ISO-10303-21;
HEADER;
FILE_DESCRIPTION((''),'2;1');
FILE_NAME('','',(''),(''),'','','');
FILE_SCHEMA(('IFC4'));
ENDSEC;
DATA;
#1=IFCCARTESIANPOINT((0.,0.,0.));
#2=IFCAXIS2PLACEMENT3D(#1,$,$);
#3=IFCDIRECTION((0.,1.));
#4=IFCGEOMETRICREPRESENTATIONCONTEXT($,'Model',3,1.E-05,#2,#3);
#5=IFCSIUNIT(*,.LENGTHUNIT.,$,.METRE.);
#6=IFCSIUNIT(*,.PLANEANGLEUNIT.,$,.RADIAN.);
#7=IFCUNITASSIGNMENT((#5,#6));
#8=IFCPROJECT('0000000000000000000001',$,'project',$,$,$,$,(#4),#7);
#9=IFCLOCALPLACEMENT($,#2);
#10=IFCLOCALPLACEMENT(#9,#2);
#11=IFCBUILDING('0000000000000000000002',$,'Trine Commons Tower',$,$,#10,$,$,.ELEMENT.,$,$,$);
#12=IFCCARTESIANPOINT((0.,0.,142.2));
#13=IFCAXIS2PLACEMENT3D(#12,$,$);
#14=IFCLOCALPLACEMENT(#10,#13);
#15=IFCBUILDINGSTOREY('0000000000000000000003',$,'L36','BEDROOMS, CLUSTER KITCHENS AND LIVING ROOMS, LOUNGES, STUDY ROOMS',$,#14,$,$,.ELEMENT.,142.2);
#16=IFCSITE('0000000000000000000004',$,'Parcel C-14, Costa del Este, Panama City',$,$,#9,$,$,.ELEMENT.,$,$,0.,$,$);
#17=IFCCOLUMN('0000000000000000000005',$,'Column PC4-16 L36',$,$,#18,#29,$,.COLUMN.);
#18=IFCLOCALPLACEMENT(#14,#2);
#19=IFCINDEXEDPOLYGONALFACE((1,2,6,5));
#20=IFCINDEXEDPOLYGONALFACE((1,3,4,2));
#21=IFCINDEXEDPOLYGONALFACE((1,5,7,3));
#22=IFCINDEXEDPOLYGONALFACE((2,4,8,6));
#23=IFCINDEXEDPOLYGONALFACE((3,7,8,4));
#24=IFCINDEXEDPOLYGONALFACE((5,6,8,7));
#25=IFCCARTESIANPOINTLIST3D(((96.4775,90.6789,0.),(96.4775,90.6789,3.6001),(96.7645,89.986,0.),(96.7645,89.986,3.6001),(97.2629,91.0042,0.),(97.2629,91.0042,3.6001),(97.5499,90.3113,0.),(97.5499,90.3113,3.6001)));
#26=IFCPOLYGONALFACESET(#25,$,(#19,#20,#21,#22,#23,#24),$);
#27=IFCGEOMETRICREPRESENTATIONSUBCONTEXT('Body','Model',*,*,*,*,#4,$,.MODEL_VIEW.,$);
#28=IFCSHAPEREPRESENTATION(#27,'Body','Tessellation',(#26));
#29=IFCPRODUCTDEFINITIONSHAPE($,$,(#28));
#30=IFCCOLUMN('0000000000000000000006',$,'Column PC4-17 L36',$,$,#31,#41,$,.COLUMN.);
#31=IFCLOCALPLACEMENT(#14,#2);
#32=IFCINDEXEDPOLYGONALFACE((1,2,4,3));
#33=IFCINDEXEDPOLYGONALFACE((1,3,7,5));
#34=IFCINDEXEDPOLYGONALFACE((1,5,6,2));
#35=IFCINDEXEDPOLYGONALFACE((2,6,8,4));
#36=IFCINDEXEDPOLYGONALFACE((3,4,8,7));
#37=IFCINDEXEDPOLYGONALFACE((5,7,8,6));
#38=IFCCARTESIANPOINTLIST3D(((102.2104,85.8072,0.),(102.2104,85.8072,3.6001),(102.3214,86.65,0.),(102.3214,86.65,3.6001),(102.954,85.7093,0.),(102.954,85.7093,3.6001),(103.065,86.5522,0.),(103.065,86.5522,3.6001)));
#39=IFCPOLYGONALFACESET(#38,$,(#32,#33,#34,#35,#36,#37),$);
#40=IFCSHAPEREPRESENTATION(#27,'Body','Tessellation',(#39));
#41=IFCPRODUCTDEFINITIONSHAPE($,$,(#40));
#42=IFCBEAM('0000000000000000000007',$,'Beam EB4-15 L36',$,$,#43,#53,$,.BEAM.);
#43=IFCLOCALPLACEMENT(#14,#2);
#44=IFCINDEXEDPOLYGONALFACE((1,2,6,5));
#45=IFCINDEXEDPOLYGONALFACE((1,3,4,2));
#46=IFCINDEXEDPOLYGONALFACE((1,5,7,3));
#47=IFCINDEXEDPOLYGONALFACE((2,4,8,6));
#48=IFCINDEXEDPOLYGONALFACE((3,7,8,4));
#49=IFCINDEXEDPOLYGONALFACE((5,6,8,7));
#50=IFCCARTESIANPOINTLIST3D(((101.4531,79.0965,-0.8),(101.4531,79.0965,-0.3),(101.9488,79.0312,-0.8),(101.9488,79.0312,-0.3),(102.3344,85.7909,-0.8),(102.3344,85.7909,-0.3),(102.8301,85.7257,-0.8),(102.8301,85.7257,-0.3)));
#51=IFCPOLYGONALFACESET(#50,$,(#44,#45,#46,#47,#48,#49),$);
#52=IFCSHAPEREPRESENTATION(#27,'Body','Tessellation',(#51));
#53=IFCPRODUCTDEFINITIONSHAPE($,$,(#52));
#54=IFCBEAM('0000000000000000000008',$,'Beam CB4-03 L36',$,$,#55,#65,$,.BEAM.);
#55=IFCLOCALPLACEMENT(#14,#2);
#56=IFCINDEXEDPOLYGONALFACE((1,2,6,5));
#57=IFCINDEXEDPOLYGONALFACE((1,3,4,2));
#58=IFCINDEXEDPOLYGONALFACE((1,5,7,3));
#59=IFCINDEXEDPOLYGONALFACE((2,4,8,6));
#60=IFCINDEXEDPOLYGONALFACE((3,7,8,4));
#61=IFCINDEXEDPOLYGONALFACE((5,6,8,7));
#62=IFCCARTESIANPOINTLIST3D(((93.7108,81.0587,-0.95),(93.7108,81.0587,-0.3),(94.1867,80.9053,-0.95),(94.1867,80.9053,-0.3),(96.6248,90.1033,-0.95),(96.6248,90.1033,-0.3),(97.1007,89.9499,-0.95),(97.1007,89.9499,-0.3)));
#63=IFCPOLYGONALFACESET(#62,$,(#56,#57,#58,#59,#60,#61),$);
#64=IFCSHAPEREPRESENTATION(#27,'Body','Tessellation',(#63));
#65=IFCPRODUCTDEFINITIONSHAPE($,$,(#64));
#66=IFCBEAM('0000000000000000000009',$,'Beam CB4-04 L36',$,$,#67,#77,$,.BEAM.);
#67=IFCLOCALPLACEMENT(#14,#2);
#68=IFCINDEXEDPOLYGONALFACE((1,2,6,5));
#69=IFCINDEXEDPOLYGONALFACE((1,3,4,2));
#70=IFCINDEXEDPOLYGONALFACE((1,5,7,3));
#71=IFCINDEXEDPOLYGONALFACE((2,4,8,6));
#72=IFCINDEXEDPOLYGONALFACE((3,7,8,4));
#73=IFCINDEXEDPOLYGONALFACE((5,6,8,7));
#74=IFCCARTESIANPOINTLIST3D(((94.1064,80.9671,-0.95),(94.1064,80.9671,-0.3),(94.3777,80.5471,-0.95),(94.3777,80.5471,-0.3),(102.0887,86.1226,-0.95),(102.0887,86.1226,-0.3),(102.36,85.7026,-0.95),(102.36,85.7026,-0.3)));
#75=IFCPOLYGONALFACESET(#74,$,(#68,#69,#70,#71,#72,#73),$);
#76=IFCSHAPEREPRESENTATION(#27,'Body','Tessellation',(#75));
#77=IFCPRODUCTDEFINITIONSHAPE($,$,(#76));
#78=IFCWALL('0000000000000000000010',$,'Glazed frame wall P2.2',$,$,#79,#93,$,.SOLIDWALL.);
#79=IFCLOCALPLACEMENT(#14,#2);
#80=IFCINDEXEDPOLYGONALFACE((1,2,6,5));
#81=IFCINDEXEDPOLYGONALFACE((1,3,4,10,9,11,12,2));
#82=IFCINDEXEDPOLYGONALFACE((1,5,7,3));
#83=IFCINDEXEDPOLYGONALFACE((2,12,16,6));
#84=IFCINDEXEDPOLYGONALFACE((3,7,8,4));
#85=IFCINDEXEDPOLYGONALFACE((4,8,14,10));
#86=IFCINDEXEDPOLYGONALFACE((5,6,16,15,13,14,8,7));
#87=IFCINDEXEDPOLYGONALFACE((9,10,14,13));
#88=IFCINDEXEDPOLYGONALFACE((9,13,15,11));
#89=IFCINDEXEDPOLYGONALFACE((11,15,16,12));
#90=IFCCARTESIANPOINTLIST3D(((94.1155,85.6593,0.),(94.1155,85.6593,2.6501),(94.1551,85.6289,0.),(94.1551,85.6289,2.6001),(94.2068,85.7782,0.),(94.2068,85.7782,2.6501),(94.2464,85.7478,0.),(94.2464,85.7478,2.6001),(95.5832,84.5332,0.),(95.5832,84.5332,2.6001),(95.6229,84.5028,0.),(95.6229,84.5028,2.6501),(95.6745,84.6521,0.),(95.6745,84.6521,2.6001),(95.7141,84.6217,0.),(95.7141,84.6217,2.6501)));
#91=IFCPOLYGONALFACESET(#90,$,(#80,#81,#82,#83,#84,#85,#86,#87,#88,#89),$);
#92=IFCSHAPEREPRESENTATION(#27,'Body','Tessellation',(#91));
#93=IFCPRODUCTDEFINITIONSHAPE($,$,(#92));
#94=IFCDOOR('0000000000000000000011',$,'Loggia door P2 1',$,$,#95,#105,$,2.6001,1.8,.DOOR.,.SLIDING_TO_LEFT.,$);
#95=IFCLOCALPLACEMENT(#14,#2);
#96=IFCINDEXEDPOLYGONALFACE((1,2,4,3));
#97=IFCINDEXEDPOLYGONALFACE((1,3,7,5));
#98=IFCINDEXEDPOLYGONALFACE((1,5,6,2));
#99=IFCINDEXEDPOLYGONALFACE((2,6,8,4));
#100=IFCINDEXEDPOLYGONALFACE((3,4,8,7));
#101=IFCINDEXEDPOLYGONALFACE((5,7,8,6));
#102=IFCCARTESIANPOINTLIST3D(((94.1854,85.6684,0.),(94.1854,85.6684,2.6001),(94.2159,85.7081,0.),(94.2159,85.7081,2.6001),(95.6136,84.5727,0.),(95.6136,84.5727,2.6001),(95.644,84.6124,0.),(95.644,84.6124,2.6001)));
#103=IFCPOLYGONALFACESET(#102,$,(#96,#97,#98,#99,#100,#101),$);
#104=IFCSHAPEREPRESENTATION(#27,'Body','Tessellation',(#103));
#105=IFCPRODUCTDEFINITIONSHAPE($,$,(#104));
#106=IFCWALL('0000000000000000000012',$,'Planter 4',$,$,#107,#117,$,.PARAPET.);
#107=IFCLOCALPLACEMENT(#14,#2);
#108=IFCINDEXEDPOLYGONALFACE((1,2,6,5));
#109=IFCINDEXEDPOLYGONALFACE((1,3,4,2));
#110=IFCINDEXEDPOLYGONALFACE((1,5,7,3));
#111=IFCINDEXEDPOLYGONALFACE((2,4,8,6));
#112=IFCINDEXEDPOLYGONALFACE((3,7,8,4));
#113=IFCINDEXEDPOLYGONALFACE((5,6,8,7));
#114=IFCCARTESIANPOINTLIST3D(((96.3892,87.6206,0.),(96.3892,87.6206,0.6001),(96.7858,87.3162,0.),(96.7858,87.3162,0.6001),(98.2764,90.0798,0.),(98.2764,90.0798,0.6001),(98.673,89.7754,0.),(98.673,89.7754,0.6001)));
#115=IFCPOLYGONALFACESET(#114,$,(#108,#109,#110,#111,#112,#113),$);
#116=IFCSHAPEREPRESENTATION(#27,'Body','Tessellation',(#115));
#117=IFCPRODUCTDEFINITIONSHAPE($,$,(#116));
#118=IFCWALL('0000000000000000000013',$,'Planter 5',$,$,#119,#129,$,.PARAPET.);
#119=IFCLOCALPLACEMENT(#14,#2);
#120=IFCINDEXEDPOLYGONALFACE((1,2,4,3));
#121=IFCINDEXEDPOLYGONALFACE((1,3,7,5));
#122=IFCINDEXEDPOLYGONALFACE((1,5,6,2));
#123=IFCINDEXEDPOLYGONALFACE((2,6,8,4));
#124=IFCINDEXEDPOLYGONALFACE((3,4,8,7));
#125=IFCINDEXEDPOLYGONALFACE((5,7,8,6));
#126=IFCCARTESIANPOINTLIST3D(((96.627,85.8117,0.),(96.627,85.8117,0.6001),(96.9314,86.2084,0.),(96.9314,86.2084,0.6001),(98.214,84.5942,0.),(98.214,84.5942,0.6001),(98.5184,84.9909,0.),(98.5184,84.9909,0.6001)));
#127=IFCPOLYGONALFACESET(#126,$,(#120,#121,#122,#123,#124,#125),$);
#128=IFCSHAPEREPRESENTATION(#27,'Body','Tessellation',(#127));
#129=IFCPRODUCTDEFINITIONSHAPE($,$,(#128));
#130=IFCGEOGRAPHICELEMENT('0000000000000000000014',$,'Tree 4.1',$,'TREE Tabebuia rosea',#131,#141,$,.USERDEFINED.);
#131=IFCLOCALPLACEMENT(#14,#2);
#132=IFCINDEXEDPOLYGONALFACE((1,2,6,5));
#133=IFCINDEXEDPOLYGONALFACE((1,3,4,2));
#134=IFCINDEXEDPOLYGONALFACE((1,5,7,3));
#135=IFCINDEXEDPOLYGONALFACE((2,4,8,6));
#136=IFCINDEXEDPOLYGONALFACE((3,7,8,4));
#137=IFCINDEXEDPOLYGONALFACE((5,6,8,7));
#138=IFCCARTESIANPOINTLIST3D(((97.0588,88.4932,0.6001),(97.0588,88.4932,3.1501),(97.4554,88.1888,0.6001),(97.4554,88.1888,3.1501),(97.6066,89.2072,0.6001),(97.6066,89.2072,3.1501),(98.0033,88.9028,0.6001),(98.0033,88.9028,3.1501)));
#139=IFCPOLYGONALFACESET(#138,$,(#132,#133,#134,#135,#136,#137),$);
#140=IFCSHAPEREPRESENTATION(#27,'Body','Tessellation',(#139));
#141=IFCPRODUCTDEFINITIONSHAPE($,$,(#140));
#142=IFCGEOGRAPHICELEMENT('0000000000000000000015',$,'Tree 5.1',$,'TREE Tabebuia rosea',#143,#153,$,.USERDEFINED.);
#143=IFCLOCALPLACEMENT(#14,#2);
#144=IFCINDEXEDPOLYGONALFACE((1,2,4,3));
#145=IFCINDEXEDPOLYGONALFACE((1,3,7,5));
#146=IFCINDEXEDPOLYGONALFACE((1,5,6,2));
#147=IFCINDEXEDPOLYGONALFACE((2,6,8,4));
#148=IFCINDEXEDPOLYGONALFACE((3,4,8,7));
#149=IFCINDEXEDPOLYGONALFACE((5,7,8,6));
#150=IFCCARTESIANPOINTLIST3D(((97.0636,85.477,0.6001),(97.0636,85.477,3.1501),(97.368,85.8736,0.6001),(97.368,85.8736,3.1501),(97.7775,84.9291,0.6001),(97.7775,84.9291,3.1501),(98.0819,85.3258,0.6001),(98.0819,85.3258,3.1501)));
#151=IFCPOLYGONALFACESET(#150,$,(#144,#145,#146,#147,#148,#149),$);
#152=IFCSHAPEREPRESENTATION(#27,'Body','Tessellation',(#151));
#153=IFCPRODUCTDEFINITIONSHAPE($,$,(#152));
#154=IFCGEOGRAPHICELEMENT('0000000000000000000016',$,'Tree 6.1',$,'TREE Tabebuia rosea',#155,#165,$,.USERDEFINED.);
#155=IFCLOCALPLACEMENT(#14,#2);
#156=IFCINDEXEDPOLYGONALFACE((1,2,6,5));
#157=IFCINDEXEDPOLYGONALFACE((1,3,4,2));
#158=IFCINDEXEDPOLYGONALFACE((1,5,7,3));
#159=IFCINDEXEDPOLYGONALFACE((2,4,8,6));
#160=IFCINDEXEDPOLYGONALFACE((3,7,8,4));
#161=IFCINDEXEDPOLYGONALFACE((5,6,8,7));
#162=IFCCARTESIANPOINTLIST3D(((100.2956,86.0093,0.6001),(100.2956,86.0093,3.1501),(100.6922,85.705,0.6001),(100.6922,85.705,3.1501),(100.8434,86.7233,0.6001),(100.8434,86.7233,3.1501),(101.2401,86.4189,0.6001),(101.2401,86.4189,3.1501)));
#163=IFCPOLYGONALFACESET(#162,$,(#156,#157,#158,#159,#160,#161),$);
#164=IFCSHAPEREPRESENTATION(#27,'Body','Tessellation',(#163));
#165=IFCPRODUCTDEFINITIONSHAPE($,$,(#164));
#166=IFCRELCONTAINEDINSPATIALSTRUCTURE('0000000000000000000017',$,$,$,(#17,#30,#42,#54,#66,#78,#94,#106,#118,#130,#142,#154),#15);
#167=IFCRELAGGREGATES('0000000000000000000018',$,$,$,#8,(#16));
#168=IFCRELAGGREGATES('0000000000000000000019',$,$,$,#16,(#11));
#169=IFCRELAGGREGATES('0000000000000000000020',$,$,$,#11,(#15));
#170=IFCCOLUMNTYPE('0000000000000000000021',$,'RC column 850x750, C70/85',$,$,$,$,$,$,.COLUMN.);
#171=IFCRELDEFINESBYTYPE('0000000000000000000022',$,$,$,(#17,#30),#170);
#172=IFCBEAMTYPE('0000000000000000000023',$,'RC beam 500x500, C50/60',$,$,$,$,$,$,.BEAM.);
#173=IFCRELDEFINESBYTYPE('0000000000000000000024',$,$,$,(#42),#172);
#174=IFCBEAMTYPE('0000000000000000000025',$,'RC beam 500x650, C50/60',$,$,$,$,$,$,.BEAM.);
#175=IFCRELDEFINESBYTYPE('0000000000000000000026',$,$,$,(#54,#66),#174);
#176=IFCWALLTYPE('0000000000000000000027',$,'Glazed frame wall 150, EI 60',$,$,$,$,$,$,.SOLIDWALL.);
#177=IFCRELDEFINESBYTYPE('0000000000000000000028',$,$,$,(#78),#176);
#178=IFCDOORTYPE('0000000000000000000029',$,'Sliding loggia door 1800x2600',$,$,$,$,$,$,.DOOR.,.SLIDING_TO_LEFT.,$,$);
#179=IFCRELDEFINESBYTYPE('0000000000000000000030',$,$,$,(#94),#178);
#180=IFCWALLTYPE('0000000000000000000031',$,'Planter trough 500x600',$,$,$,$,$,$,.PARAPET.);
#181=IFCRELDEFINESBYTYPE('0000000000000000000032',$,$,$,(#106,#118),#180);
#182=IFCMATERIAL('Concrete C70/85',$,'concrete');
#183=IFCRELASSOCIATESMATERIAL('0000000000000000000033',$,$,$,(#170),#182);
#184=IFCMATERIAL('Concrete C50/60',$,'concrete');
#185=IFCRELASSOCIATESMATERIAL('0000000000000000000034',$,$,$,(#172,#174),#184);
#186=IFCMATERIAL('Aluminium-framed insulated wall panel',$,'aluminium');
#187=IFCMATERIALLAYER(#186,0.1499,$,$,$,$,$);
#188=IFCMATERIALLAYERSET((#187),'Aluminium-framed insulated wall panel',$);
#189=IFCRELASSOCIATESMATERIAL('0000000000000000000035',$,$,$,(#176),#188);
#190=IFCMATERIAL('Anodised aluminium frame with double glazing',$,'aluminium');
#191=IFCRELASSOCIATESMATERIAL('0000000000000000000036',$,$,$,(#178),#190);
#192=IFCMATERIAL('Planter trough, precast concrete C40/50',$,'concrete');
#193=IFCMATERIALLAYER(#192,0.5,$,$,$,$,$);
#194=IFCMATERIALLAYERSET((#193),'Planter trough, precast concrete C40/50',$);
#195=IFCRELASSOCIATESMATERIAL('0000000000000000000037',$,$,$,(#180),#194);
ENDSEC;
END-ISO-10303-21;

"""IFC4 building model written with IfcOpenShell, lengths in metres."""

from ifc_helpers import new_model, si_unit, direction, frame, frame_2d, origin, origin_2d, place, context, subcontext, project, spatial, polyline, rectangle, outline, extrude, material, layer, layer_set, material_profile, profile_set, type_object, element, fill, save


model = new_model("IFC4")

# Units and contexts
model_context = context("Model", 3, precision=1e-05, world=origin(), true_north=direction((0.0, 1.0)))
body_context = subcontext(model_context, "Body", "Model", "MODEL_VIEW")
ifc_project = project(units=[si_unit("LENGTHUNIT", "METRE"), si_unit("PLANEANGLEUNIT", "RADIAN")], contexts=[model_context])

# Site, building, storey
site_placement = place(None, origin())
site = spatial("IfcSite", under=ifc_project, at=site_placement, Name="Parcel C-14, Costa del Este, Panama City", CompositionType="ELEMENT", RefElevation=0.0)
building_placement = place(site_placement, origin())
building = spatial("IfcBuilding", under=site, at=building_placement, Name="Trine Commons Tower", CompositionType="ELEMENT")
storey_placement = place(building_placement, frame((0.0, 0.0, 142.2)))
storey = spatial("IfcBuildingStorey", under=building, at=storey_placement, Name="L36", Description="BEDROOMS, CLUSTER KITCHENS AND LIVING ROOMS, LOUNGES, STUDY ROOMS", CompositionType="ELEMENT", Elevation=142.2)

# Columns
ifc_material_1 = material(Name="Concrete C70/85", Category="concrete")
ifc_material_profile_1 = material_profile(ifc_material_1, rectangle(XDim=0.8501, YDim=0.75, at=origin_2d()), Name="RC 850x750")
ifc_profile_set_1 = profile_set([ifc_material_profile_1], Name="Concrete C70/85")
column_type = type_object("IfcColumnType", Name="RC column 850x750, C70/85", PredefinedType="COLUMN", material=ifc_profile_set_1)
for number, where, z_axis, x_axis, name in (
    (1, (97.0137, 90.4951, 0.0), (0.0, 0.0, 1.0), (0.92388, 0.382683, 0.0), "Column PC4-16 L36"),
    (2, (102.6377, 86.1797, 0.0), (0.0, 0.0, 1.0), (0.130526, 0.991445, 0.0), "Column PC4-17 L36"),
):
    element("IfcColumn", number, at=place(storey_placement, frame(where, z_axis=z_axis, x_axis=x_axis)), inside=storey, type_object=column_type, Name=name, PredefinedType="COLUMN", context=body_context, shape_type="SweptSolid", body=[
        extrude(rectangle(XDim=0.8501, YDim=0.75, at=origin_2d()), origin(), (0.0, 0.0, 1.0), 3.6001),
    ])

# Beams
ifc_material_2 = material(Name="Concrete C50/60", Category="concrete")
ifc_material_profile_2 = material_profile(ifc_material_2, rectangle(XDim=0.5, YDim=0.5, at=origin_2d()), Name="RC 500x500")
ifc_profile_set_2 = profile_set([ifc_material_profile_2], Name="Concrete C50/60")
beam_type_1 = type_object("IfcBeamType", Name="RC beam 500x500, C50/60", PredefinedType="BEAM", material=ifc_profile_set_2)
beam_placement = place(storey_placement, frame((102.5823, 85.7583, -0.55), z_axis=(-0.130529, -0.991444, 0.0), x_axis=(0.991444, -0.130529, 0.0)))
element("IfcBeam", 3, at=beam_placement, inside=storey, type_object=beam_type_1, Name="Beam EB4-15 L36", PredefinedType="BEAM", context=body_context, shape_type="SweptSolid", body=[
    extrude(rectangle(XDim=0.5, YDim=0.5, at=origin_2d()), origin(), (0.0, 0.0, 1.0), 6.7522),
])
ifc_material_profile_3 = material_profile(ifc_material_2, rectangle(XDim=0.5, YDim=0.6499, at=origin_2d()), Name="RC 500x650")
ifc_profile_set_3 = profile_set([ifc_material_profile_3], Name="Concrete C50/60")
beam_type_2 = type_object("IfcBeamType", Name="RC beam 500x650, C50/60", PredefinedType="BEAM", material=ifc_profile_set_3)
for number, where, z_axis, x_axis, name in (
    (4, (96.8628, 90.0266, -0.625), (-0.306662, -0.951818, 0.0), (0.951818, -0.306662, 0.0), "Beam CB4-03 L36"),
    (5, (102.2244, 85.9126, -0.625), (-0.84003, -0.542541, 0.0), (0.542541, -0.84003, 0.0), "Beam CB4-04 L36"),
):
    element("IfcBeam", number, at=place(storey_placement, frame(where, z_axis=z_axis, x_axis=x_axis)), inside=storey, type_object=beam_type_2, Name=name, PredefinedType="BEAM", context=body_context, shape_type="SweptSolid", body=[
        extrude(rectangle(XDim=0.5, YDim=0.6499, at=origin_2d()), origin(), (0.0, 0.0, 1.0), 9.5024),
    ])

# Shared definitions
ifc_material_3 = material(Name="Aluminium-framed insulated wall panel", Category="aluminium")
ifc_layer_1 = layer(ifc_material_3, 0.1499)
ifc_layer_set_1 = layer_set([ifc_layer_1], Name="Aluminium-framed insulated wall panel")
wall_type_1 = type_object("IfcWallType", Name="Glazed frame wall 150, EI 60", PredefinedType="SOLIDWALL", material=ifc_layer_set_1)

# Wall, opening, door
wall_1_placement = place(storey_placement, frame((94.1611, 85.7188, 0.0), z_axis=(0.0, 0.0, 1.0), x_axis=(0.793383, -0.608723, 0.0)))
wall_1 = element("IfcWall", 6, at=wall_1_placement, inside=storey, type_object=wall_type_1, Name="Glazed frame wall P2.2", PredefinedType="SOLIDWALL", context=body_context, shape_type="SweptSolid", body=[
    extrude(outline(polyline([(0.0, -0.075), (1.8999, -0.075), (1.8999, 0.075), (0.0, 0.075), (0.0, -0.075)])), origin(), (0.0, 0.0, 1.0), 2.6501),
])
opening_placement = place(wall_1_placement, frame((0.05, 0.0, 0.0)))
opening = element("IfcOpeningElement", 7, at=opening_placement, cuts=wall_1, PredefinedType="OPENING", context=body_context, shape_type="SweptSolid", body=[
    extrude(rectangle(XDim=1.8, YDim=2.6001, at=frame_2d((0.8999, 1.3))), frame((0.0, 0.085, 0.0), z_axis=(0.0, -1.0, 0.0), x_axis=(1.0, 0.0, 0.0)), (0.0, 0.0, 1.0), 0.1699),
])
ifc_material_4 = material(Name="Anodised aluminium frame with double glazing", Category="aluminium")
door_type = type_object("IfcDoorType", Name="Sliding loggia door 1800x2600", OperationType="SLIDING_TO_LEFT", PredefinedType="DOOR", material=ifc_material_4)
door_placement = place(opening_placement, origin())
door = element("IfcDoor", 8, at=door_placement, inside=storey, type_object=door_type, Name="Loggia door P2 1", OperationType="SLIDING_TO_LEFT", OverallHeight=2.6001, OverallWidth=1.8, PredefinedType="DOOR", context=body_context, shape_type="SweptSolid", body=[
    extrude(rectangle(XDim=1.8, YDim=2.6001, at=frame_2d((0.8999, 1.3))), frame((0.0, 0.0249, 0.0), z_axis=(0.0, -1.0, 0.0), x_axis=(1.0, 0.0, 0.0)), (0.0, 0.0, 1.0), 0.05),
])
fill(opening, door)

# Walls
ifc_material_5 = material(Name="Planter trough, precast concrete C40/50", Category="concrete")
ifc_layer_2 = layer(ifc_material_5, 0.5)
ifc_layer_set_2 = layer_set([ifc_layer_2], Name="Planter trough, precast concrete C40/50")
wall_type_2 = type_object("IfcWallType", Name="Planter trough 500x600", PredefinedType="PARAPET", material=ifc_layer_set_2)
wall_2_placement = place(storey_placement, frame((98.4746, 89.9275, 0.0), z_axis=(0.0, 0.0, 1.0), x_axis=(-0.608797, -0.793326, 0.0)))
element("IfcWall", 9, at=wall_2_placement, inside=storey, type_object=wall_type_2, Name="Planter 4", PredefinedType="PARAPET", context=body_context, shape_type="SweptSolid", body=[
    extrude(rectangle(XDim=3.0999, YDim=0.5, at=frame_2d((1.5498, 0.0))), origin(), (0.0, 0.0, 1.0), 0.6001),
])
wall_3_placement = place(storey_placement, frame((96.7793, 86.01, 0.0), z_axis=(0.0, 0.0, 1.0), x_axis=(0.79339, -0.608713, 0.0)))
element("IfcWall", 10, at=wall_3_placement, inside=storey, type_object=wall_type_2, Name="Planter 5", PredefinedType="PARAPET", context=body_context, shape_type="SweptSolid", body=[
    extrude(rectangle(XDim=2.0002, YDim=0.5, at=frame_2d((1.0, 0.0))), origin(), (0.0, 0.0, 1.0), 0.6001),
])

# Geographic elements
for number, where, z_axis, x_axis, name in (
    (11, (97.531, 88.698, 0.6001), (0.0, 0.0, 1.0), (-0.608755, -0.793359, 0.0), "Tree 4.1"),
    (12, (97.5728, 85.4014, 0.6001), (0.0, 0.0, 1.0), (0.793335, -0.608785, 0.0), "Tree 5.1"),
    (13, (100.7678, 86.2141, 0.6001), (0.0, 0.0, 1.0), (0.608768, 0.793348, 0.0), "Tree 6.1"),
):
    element("IfcGeographicElement", number, at=place(storey_placement, frame(where, z_axis=z_axis, x_axis=x_axis)), inside=storey, Name=name, ObjectType="TREE Tabebuia rosea", PredefinedType="USERDEFINED", context=body_context, shape_type="SweptSolid", body=[
        extrude(rectangle(XDim=0.8999, YDim=0.5, at=origin_2d()), origin(), (0.0, 0.0, 1.0), 2.55),
    ])

save(model, "model.ifc")
